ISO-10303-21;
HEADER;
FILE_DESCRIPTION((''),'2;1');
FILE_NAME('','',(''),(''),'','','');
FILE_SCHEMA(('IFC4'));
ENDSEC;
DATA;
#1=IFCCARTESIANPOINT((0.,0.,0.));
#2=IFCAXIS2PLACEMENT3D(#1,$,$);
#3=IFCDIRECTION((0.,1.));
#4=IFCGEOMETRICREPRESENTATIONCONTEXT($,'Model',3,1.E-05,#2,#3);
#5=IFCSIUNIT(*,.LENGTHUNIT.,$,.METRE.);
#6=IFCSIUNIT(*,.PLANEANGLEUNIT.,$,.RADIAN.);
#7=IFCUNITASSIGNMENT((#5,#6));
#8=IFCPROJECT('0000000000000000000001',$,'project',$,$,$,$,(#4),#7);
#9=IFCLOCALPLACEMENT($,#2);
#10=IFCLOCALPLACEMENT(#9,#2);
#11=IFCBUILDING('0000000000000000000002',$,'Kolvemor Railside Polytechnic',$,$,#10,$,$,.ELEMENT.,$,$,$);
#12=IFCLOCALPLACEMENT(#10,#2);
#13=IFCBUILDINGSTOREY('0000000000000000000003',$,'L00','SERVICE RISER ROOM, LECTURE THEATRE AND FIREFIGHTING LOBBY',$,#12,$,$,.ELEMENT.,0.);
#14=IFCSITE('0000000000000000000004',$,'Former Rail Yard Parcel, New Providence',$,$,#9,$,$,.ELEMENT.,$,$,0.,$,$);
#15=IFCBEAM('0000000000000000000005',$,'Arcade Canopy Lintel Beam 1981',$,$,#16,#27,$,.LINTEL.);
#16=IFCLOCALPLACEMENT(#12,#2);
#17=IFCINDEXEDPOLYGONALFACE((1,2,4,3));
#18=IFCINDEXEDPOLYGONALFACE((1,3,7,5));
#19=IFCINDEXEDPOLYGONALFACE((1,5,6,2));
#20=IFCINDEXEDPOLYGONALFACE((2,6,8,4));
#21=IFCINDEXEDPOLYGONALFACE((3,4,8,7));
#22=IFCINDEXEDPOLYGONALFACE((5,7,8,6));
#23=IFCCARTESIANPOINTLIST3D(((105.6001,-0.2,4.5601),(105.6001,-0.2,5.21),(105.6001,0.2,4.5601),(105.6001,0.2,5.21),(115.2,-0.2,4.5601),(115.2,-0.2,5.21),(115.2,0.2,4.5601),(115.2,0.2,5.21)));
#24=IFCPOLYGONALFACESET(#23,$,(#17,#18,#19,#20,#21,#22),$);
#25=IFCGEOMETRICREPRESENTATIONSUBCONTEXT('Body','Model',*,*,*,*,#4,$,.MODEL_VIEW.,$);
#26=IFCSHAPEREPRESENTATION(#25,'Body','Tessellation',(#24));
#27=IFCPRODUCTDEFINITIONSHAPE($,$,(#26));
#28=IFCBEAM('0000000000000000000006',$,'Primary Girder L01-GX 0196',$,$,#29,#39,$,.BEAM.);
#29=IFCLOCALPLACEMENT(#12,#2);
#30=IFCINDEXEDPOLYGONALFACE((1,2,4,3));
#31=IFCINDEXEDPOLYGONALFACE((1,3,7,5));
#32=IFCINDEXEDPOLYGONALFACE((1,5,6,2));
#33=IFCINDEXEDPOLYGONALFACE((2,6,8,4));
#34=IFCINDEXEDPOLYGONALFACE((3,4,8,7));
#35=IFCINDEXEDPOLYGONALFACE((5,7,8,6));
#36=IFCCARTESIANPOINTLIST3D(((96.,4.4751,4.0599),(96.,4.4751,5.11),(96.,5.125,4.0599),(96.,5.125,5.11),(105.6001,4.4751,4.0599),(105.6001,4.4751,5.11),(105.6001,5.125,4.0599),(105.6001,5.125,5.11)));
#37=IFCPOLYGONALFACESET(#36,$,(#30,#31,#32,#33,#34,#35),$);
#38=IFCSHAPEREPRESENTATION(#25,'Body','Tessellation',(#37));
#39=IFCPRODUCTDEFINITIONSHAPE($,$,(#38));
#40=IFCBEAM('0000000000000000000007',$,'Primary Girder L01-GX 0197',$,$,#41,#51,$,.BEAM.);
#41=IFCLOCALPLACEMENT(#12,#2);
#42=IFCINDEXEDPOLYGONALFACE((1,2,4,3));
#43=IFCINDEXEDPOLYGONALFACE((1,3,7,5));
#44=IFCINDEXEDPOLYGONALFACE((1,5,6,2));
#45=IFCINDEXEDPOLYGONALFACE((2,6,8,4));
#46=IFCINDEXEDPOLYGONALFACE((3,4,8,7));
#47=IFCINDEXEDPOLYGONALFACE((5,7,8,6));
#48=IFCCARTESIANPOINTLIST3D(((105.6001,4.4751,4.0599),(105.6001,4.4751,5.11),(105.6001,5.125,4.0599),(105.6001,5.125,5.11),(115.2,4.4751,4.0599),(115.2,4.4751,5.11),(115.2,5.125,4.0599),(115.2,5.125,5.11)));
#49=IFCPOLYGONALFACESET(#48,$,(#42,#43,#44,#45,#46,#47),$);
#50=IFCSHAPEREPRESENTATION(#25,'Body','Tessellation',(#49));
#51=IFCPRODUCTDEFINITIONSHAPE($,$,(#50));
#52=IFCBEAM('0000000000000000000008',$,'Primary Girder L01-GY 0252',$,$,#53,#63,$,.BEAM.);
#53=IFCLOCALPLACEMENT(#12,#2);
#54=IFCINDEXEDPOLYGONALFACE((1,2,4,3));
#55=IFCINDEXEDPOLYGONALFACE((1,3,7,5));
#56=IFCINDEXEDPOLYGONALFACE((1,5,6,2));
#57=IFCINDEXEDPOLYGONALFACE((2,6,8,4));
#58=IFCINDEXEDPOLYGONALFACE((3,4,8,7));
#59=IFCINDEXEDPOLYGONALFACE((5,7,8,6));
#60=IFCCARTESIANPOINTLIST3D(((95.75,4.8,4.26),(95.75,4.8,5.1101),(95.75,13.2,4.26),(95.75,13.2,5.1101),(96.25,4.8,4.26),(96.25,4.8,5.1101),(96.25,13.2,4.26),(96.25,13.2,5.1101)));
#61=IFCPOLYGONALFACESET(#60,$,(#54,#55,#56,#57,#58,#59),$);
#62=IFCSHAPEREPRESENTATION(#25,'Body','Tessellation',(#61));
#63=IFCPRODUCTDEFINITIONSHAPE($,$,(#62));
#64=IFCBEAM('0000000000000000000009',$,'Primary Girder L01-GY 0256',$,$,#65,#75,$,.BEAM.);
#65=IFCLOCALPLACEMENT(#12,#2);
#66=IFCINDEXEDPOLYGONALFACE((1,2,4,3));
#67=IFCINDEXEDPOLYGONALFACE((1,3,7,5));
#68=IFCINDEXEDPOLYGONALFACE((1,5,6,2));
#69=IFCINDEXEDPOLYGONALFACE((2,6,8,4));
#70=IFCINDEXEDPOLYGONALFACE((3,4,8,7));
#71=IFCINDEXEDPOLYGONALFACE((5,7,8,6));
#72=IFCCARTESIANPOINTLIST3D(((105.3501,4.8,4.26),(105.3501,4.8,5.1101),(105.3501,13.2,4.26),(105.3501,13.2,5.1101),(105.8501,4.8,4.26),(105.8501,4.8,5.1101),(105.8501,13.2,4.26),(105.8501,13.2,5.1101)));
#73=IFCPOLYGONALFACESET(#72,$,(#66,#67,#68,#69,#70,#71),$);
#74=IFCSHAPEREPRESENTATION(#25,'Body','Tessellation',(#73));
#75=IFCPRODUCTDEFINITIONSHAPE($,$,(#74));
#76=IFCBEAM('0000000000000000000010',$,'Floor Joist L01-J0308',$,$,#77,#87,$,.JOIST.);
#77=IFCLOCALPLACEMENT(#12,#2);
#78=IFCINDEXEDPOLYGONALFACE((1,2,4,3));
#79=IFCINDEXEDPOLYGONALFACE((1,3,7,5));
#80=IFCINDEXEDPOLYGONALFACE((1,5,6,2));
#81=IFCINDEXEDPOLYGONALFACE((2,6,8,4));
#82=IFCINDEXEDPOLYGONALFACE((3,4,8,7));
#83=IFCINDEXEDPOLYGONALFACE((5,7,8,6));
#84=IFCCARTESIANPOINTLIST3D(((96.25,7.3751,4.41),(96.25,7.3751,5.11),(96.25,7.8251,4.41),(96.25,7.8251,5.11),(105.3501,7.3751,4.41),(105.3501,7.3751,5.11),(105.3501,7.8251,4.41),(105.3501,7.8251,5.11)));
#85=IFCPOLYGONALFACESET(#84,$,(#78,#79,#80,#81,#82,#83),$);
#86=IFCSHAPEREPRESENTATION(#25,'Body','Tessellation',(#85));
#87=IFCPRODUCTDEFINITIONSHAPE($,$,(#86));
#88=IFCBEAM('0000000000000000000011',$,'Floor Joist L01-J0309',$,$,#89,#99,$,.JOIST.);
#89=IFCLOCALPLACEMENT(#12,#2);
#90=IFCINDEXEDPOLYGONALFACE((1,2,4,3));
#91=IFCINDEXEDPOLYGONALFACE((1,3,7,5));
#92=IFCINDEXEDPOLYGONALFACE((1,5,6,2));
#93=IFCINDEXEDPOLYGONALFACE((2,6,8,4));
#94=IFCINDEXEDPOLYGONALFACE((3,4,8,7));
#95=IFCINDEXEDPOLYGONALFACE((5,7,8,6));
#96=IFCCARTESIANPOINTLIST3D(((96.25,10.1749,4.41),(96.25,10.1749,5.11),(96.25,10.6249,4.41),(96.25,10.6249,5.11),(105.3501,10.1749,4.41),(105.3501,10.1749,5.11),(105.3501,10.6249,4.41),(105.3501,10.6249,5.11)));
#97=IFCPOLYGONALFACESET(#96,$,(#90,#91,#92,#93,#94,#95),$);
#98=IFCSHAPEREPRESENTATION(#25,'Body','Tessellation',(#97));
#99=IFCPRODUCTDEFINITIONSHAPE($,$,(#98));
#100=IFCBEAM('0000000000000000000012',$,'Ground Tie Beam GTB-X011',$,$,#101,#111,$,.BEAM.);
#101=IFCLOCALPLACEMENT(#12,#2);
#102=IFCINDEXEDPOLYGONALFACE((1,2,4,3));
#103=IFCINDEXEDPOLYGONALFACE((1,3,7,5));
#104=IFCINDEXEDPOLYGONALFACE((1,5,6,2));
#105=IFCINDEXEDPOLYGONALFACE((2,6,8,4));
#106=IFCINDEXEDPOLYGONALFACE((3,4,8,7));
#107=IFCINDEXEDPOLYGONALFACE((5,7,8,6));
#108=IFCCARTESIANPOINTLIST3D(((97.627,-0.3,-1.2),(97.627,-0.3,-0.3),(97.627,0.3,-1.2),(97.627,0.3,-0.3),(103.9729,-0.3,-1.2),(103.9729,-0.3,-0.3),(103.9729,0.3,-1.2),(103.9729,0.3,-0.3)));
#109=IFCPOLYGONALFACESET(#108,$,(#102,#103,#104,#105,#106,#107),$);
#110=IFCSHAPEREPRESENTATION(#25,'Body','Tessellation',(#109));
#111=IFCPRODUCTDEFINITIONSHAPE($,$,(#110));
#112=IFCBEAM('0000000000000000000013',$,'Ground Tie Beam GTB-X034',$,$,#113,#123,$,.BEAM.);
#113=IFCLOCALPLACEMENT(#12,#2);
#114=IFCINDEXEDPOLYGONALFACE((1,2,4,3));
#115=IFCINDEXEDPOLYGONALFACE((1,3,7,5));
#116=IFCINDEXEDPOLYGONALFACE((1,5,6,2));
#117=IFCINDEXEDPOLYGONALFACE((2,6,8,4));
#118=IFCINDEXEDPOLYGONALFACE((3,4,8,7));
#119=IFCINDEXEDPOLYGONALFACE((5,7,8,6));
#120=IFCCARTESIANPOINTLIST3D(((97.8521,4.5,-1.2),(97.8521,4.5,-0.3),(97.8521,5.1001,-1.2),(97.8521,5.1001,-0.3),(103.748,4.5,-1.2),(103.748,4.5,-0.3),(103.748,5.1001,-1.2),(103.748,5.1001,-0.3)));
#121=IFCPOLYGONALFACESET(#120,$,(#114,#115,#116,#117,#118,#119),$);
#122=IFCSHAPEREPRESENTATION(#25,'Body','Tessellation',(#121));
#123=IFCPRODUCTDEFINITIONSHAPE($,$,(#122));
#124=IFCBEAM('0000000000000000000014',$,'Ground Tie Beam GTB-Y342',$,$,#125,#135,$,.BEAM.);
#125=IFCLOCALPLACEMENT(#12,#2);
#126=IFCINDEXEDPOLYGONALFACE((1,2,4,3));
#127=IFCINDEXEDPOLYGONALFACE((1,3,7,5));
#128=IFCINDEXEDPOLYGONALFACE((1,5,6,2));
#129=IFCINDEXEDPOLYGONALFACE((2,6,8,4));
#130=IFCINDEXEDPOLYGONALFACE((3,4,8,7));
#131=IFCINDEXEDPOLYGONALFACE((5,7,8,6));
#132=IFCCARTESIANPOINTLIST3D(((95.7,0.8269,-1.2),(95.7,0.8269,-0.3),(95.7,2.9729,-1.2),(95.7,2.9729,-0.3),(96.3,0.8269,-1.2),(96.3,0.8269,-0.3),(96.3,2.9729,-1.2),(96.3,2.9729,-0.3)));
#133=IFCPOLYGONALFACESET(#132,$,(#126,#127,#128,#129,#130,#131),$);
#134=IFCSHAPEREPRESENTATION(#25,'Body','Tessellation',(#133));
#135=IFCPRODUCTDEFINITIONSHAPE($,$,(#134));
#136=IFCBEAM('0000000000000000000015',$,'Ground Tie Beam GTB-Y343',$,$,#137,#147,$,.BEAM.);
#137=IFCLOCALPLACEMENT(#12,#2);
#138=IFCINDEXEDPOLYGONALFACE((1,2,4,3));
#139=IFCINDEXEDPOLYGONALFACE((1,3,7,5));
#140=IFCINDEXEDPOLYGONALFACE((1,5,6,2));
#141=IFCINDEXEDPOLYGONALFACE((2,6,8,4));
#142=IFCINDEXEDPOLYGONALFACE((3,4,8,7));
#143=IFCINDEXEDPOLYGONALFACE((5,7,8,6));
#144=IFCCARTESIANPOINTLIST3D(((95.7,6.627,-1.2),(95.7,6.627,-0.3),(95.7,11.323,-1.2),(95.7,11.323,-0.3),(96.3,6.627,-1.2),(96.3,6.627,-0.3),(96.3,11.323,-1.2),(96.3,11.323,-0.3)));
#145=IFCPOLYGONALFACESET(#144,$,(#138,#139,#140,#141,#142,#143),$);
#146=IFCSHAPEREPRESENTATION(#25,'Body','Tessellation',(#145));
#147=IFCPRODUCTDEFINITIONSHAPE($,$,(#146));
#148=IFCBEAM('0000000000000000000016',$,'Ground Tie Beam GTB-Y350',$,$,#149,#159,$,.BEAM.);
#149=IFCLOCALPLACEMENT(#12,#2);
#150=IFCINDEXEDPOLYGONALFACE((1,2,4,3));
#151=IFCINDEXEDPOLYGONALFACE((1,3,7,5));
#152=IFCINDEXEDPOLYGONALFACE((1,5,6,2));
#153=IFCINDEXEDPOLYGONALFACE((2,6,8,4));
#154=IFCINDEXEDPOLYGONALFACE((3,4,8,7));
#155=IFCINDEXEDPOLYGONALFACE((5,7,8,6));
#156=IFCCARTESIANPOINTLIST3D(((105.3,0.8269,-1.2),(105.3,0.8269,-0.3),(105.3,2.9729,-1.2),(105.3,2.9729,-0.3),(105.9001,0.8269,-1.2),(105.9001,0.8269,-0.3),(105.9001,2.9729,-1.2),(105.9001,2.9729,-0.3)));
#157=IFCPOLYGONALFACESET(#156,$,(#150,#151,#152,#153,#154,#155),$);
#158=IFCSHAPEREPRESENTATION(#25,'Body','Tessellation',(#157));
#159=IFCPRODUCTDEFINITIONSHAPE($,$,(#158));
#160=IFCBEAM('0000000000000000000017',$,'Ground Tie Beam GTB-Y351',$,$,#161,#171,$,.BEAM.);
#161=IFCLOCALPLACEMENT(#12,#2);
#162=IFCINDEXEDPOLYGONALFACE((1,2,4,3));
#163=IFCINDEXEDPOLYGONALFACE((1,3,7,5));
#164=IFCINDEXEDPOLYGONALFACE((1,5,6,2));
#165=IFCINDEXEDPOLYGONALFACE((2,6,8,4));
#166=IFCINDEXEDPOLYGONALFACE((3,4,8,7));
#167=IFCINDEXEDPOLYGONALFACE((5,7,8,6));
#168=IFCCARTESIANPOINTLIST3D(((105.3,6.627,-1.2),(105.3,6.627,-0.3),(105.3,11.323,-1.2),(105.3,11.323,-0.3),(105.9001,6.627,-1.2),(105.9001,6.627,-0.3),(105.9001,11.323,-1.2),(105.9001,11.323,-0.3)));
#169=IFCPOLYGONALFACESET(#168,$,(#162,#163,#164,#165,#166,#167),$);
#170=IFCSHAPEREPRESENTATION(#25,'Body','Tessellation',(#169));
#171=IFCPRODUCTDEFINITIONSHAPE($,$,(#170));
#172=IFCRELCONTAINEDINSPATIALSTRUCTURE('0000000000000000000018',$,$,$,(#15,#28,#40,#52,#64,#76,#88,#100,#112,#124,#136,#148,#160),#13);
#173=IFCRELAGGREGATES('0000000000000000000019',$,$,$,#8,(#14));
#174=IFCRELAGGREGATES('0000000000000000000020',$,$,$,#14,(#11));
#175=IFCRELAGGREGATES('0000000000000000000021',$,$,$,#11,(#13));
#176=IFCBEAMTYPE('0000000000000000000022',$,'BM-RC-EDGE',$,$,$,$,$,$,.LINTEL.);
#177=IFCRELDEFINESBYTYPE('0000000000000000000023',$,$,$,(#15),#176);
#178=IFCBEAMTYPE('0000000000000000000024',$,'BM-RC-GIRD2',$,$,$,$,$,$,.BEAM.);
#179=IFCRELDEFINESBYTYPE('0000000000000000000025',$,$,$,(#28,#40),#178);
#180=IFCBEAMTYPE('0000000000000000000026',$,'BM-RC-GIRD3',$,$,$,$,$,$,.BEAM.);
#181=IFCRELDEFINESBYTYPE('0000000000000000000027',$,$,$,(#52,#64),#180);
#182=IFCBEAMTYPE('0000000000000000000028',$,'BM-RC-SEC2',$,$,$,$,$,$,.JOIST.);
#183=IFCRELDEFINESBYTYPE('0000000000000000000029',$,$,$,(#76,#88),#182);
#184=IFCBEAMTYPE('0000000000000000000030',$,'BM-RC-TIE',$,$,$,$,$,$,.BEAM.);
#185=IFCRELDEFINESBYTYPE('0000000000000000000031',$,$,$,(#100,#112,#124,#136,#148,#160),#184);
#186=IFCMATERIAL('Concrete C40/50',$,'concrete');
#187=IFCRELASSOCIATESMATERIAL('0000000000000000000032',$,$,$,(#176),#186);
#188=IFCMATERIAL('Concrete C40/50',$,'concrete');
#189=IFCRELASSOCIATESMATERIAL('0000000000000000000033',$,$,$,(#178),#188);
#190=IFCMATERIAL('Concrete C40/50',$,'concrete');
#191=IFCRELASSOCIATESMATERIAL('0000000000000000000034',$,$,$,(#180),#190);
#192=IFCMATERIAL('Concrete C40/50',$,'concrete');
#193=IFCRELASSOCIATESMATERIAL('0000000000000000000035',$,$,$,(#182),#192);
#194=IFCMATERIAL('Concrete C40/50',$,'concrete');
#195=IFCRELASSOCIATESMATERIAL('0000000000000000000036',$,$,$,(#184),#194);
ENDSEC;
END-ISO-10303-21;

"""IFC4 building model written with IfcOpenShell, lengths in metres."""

from ifc_helpers import new_model, si_unit, direction, frame, origin, origin_2d, place, context, subcontext, project, spatial, rectangle, extrude, material, material_profile, profile_set, type_object, element, save


model = new_model("IFC4")

# Units and contexts
model_context = context("Model", 3, precision=1e-05, world=origin(), true_north=direction((0.0, 1.0)))
body_context = subcontext(model_context, "Body", "Model", "MODEL_VIEW")
ifc_project = project(units=[si_unit("LENGTHUNIT", "METRE"), si_unit("PLANEANGLEUNIT", "RADIAN")], contexts=[model_context])

# Site, building, storey
site_placement = place(None, origin())
site = spatial("IfcSite", under=ifc_project, at=site_placement, Name="Former Rail Yard Parcel, New Providence", CompositionType="ELEMENT", RefElevation=0.0)
building_placement = place(site_placement, origin())
building = spatial("IfcBuilding", under=site, at=building_placement, Name="Kolvemor Railside Polytechnic", CompositionType="ELEMENT")
storey_placement = place(building_placement, origin())
storey = spatial("IfcBuildingStorey", under=building, at=storey_placement, Name="L00", Description="SERVICE RISER ROOM, LECTURE THEATRE AND FIREFIGHTING LOBBY", CompositionType="ELEMENT", Elevation=0.0)

# Beams
ifc_material_1 = material(Name="Concrete C40/50", Category="concrete")
ifc_material_profile_1 = material_profile(ifc_material_1, rectangle(XDim=0.3999, YDim=0.6499, at=origin_2d()), Name="RC400x650")
ifc_profile_set_1 = profile_set([ifc_material_profile_1], Name="Concrete C40/50")
beam_type_1 = type_object("IfcBeamType", Name="BM-RC-EDGE", PredefinedType="LINTEL", material=ifc_profile_set_1)
beam_1_placement = place(storey_placement, frame((105.6001, 0.0, 4.885), z_axis=(1.0, 0.0, 0.0), x_axis=(0.0, 1.0, 0.0)))
element("IfcBeam", 1, at=beam_1_placement, inside=storey, type_object=beam_type_1, Name="Arcade Canopy Lintel Beam 1981", PredefinedType="LINTEL", context=body_context, shape_type="SweptSolid", body=[
    extrude(rectangle(XDim=0.3999, YDim=0.6499, at=origin_2d()), origin(), (0.0, 0.0, 1.0), 9.5999),
])
ifc_material_2 = material(Name="Concrete C40/50", Category="concrete")
ifc_material_profile_2 = material_profile(ifc_material_2, rectangle(XDim=0.6499, YDim=1.05, at=origin_2d()), Name="RC650x1050")
ifc_profile_set_2 = profile_set([ifc_material_profile_2], Name="Concrete C40/50")
beam_type_2 = type_object("IfcBeamType", Name="BM-RC-GIRD2", PredefinedType="BEAM", material=ifc_profile_set_2)
beam_2_placement = place(storey_placement, frame((96.0, 4.8, 4.585), z_axis=(1.0, 0.0, 0.0), x_axis=(0.0, 1.0, 0.0)))
element("IfcBeam", 2, at=beam_2_placement, inside=storey, type_object=beam_type_2, Name="Primary Girder L01-GX 0196", PredefinedType="BEAM", context=body_context, shape_type="SweptSolid", body=[
    extrude(rectangle(XDim=0.6499, YDim=1.05, at=origin_2d()), origin(), (0.0, 0.0, 1.0), 9.6001),
])
beam_3_placement = place(storey_placement, frame((105.6001, 4.8, 4.585), z_axis=(1.0, 0.0, 0.0), x_axis=(0.0, 1.0, 0.0)))
element("IfcBeam", 3, at=beam_3_placement, inside=storey, type_object=beam_type_2, Name="Primary Girder L01-GX 0197", PredefinedType="BEAM", context=body_context, shape_type="SweptSolid", body=[
    extrude(rectangle(XDim=0.6499, YDim=1.05, at=origin_2d()), origin(), (0.0, 0.0, 1.0), 9.5999),
])
ifc_material_3 = material(Name="Concrete C40/50", Category="concrete")
ifc_material_profile_3 = material_profile(ifc_material_3, rectangle(XDim=0.5, YDim=0.8501, at=origin_2d()), Name="RC500x850")
ifc_profile_set_3 = profile_set([ifc_material_profile_3], Name="Concrete C40/50")
beam_type_3 = type_object("IfcBeamType", Name="BM-RC-GIRD3", PredefinedType="BEAM", material=ifc_profile_set_3)
for number, where, z_axis, x_axis, name in (
    (4, (96.0, 4.8, 4.6851), (0.0, 1.0, 0.0), (-1.0, 0.0, 0.0), "Primary Girder L01-GY 0252"),
    (5, (105.6001, 4.8, 4.6851), (0.0, 1.0, 0.0), (-1.0, 0.0, 0.0), "Primary Girder L01-GY 0256"),
):
    element("IfcBeam", number, at=place(storey_placement, frame(where, z_axis=z_axis, x_axis=x_axis)), inside=storey, type_object=beam_type_3, Name=name, PredefinedType="BEAM", context=body_context, shape_type="SweptSolid", body=[
        extrude(rectangle(XDim=0.5, YDim=0.8501, at=origin_2d()), origin(), (0.0, 0.0, 1.0), 8.3999),
    ])
ifc_material_4 = material(Name="Concrete C40/50", Category="concrete")
ifc_material_profile_4 = material_profile(ifc_material_4, rectangle(XDim=0.45, YDim=0.7, at=origin_2d()), Name="RC450x700")
ifc_profile_set_4 = profile_set([ifc_material_profile_4], Name="Concrete C40/50")
beam_type_4 = type_object("IfcBeamType", Name="BM-RC-SEC2", PredefinedType="JOIST", material=ifc_profile_set_4)
for number, where, z_axis, x_axis, name in (
    (6, (96.25, 7.6001, 4.76), (1.0, 0.0, 0.0), (0.0, 1.0, 0.0), "Floor Joist L01-J0308"),
    (7, (96.25, 10.3999, 4.76), (1.0, 0.0, 0.0), (0.0, 1.0, 0.0), "Floor Joist L01-J0309"),
):
    element("IfcBeam", number, at=place(storey_placement, frame(where, z_axis=z_axis, x_axis=x_axis)), inside=storey, type_object=beam_type_4, Name=name, PredefinedType="JOIST", context=body_context, shape_type="SweptSolid", body=[
        extrude(rectangle(XDim=0.45, YDim=0.7, at=origin_2d()), origin(), (0.0, 0.0, 1.0), 9.1001),
    ])
ifc_material_5 = material(Name="Concrete C40/50", Category="concrete")
ifc_material_profile_5 = material_profile(ifc_material_5, rectangle(XDim=0.6001, YDim=0.8999, at=origin_2d()), Name="RC600x900")
ifc_profile_set_5 = profile_set([ifc_material_profile_5], Name="Concrete C40/50")
beam_type_5 = type_object("IfcBeamType", Name="BM-RC-TIE", PredefinedType="BEAM", material=ifc_profile_set_5)
beam_4_placement = place(storey_placement, frame((97.627, 0.0, -0.75), z_axis=(1.0, 0.0, 0.0), x_axis=(0.0, 1.0, 0.0)))
element("IfcBeam", 8, at=beam_4_placement, inside=storey, type_object=beam_type_5, Name="Ground Tie Beam GTB-X011", PredefinedType="BEAM", context=body_context, shape_type="SweptSolid", body=[
    extrude(rectangle(XDim=0.6001, YDim=0.8999, at=origin_2d()), origin(), (0.0, 0.0, 1.0), 6.3459),
])
beam_5_placement = place(storey_placement, frame((97.8521, 4.8, -0.75), z_axis=(1.0, 0.0, 0.0), x_axis=(0.0, 1.0, 0.0)))
element("IfcBeam", 9, at=beam_5_placement, inside=storey, type_object=beam_type_5, Name="Ground Tie Beam GTB-X034", PredefinedType="BEAM", context=body_context, shape_type="SweptSolid", body=[
    extrude(rectangle(XDim=0.6001, YDim=0.8999, at=origin_2d()), origin(), (0.0, 0.0, 1.0), 5.896),
])
beam_6_placement = place(storey_placement, frame((96.0, 0.8269, -0.75), z_axis=(0.0, 1.0, 0.0), x_axis=(-1.0, 0.0, 0.0)))
element("IfcBeam", 10, at=beam_6_placement, inside=storey, type_object=beam_type_5, Name="Ground Tie Beam GTB-Y342", PredefinedType="BEAM", context=body_context, shape_type="SweptSolid", body=[
    extrude(rectangle(XDim=0.6001, YDim=0.8999, at=origin_2d()), origin(), (0.0, 0.0, 1.0), 2.146),
])
beam_7_placement = place(storey_placement, frame((96.0, 6.627, -0.75), z_axis=(0.0, 1.0, 0.0), x_axis=(-1.0, 0.0, 0.0)))
element("IfcBeam", 11, at=beam_7_placement, inside=storey, type_object=beam_type_5, Name="Ground Tie Beam GTB-Y343", PredefinedType="BEAM", context=body_context, shape_type="SweptSolid", body=[
    extrude(rectangle(XDim=0.6001, YDim=0.8999, at=origin_2d()), origin(), (0.0, 0.0, 1.0), 4.696),
])
beam_8_placement = place(storey_placement, frame((105.6001, 0.8269, -0.75), z_axis=(0.0, 1.0, 0.0), x_axis=(-1.0, 0.0, 0.0)))
element("IfcBeam", 12, at=beam_8_placement, inside=storey, type_object=beam_type_5, Name="Ground Tie Beam GTB-Y350", PredefinedType="BEAM", context=body_context, shape_type="SweptSolid", body=[
    extrude(rectangle(XDim=0.6001, YDim=0.8999, at=origin_2d()), origin(), (0.0, 0.0, 1.0), 2.146),
])
beam_9_placement = place(storey_placement, frame((105.6001, 6.627, -0.75), z_axis=(0.0, 1.0, 0.0), x_axis=(-1.0, 0.0, 0.0)))
element("IfcBeam", 13, at=beam_9_placement, inside=storey, type_object=beam_type_5, Name="Ground Tie Beam GTB-Y351", PredefinedType="BEAM", context=body_context, shape_type="SweptSolid", body=[
    extrude(rectangle(XDim=0.6001, YDim=0.8999, at=origin_2d()), origin(), (0.0, 0.0, 1.0), 4.696),
])

save(model, "model.ifc")
